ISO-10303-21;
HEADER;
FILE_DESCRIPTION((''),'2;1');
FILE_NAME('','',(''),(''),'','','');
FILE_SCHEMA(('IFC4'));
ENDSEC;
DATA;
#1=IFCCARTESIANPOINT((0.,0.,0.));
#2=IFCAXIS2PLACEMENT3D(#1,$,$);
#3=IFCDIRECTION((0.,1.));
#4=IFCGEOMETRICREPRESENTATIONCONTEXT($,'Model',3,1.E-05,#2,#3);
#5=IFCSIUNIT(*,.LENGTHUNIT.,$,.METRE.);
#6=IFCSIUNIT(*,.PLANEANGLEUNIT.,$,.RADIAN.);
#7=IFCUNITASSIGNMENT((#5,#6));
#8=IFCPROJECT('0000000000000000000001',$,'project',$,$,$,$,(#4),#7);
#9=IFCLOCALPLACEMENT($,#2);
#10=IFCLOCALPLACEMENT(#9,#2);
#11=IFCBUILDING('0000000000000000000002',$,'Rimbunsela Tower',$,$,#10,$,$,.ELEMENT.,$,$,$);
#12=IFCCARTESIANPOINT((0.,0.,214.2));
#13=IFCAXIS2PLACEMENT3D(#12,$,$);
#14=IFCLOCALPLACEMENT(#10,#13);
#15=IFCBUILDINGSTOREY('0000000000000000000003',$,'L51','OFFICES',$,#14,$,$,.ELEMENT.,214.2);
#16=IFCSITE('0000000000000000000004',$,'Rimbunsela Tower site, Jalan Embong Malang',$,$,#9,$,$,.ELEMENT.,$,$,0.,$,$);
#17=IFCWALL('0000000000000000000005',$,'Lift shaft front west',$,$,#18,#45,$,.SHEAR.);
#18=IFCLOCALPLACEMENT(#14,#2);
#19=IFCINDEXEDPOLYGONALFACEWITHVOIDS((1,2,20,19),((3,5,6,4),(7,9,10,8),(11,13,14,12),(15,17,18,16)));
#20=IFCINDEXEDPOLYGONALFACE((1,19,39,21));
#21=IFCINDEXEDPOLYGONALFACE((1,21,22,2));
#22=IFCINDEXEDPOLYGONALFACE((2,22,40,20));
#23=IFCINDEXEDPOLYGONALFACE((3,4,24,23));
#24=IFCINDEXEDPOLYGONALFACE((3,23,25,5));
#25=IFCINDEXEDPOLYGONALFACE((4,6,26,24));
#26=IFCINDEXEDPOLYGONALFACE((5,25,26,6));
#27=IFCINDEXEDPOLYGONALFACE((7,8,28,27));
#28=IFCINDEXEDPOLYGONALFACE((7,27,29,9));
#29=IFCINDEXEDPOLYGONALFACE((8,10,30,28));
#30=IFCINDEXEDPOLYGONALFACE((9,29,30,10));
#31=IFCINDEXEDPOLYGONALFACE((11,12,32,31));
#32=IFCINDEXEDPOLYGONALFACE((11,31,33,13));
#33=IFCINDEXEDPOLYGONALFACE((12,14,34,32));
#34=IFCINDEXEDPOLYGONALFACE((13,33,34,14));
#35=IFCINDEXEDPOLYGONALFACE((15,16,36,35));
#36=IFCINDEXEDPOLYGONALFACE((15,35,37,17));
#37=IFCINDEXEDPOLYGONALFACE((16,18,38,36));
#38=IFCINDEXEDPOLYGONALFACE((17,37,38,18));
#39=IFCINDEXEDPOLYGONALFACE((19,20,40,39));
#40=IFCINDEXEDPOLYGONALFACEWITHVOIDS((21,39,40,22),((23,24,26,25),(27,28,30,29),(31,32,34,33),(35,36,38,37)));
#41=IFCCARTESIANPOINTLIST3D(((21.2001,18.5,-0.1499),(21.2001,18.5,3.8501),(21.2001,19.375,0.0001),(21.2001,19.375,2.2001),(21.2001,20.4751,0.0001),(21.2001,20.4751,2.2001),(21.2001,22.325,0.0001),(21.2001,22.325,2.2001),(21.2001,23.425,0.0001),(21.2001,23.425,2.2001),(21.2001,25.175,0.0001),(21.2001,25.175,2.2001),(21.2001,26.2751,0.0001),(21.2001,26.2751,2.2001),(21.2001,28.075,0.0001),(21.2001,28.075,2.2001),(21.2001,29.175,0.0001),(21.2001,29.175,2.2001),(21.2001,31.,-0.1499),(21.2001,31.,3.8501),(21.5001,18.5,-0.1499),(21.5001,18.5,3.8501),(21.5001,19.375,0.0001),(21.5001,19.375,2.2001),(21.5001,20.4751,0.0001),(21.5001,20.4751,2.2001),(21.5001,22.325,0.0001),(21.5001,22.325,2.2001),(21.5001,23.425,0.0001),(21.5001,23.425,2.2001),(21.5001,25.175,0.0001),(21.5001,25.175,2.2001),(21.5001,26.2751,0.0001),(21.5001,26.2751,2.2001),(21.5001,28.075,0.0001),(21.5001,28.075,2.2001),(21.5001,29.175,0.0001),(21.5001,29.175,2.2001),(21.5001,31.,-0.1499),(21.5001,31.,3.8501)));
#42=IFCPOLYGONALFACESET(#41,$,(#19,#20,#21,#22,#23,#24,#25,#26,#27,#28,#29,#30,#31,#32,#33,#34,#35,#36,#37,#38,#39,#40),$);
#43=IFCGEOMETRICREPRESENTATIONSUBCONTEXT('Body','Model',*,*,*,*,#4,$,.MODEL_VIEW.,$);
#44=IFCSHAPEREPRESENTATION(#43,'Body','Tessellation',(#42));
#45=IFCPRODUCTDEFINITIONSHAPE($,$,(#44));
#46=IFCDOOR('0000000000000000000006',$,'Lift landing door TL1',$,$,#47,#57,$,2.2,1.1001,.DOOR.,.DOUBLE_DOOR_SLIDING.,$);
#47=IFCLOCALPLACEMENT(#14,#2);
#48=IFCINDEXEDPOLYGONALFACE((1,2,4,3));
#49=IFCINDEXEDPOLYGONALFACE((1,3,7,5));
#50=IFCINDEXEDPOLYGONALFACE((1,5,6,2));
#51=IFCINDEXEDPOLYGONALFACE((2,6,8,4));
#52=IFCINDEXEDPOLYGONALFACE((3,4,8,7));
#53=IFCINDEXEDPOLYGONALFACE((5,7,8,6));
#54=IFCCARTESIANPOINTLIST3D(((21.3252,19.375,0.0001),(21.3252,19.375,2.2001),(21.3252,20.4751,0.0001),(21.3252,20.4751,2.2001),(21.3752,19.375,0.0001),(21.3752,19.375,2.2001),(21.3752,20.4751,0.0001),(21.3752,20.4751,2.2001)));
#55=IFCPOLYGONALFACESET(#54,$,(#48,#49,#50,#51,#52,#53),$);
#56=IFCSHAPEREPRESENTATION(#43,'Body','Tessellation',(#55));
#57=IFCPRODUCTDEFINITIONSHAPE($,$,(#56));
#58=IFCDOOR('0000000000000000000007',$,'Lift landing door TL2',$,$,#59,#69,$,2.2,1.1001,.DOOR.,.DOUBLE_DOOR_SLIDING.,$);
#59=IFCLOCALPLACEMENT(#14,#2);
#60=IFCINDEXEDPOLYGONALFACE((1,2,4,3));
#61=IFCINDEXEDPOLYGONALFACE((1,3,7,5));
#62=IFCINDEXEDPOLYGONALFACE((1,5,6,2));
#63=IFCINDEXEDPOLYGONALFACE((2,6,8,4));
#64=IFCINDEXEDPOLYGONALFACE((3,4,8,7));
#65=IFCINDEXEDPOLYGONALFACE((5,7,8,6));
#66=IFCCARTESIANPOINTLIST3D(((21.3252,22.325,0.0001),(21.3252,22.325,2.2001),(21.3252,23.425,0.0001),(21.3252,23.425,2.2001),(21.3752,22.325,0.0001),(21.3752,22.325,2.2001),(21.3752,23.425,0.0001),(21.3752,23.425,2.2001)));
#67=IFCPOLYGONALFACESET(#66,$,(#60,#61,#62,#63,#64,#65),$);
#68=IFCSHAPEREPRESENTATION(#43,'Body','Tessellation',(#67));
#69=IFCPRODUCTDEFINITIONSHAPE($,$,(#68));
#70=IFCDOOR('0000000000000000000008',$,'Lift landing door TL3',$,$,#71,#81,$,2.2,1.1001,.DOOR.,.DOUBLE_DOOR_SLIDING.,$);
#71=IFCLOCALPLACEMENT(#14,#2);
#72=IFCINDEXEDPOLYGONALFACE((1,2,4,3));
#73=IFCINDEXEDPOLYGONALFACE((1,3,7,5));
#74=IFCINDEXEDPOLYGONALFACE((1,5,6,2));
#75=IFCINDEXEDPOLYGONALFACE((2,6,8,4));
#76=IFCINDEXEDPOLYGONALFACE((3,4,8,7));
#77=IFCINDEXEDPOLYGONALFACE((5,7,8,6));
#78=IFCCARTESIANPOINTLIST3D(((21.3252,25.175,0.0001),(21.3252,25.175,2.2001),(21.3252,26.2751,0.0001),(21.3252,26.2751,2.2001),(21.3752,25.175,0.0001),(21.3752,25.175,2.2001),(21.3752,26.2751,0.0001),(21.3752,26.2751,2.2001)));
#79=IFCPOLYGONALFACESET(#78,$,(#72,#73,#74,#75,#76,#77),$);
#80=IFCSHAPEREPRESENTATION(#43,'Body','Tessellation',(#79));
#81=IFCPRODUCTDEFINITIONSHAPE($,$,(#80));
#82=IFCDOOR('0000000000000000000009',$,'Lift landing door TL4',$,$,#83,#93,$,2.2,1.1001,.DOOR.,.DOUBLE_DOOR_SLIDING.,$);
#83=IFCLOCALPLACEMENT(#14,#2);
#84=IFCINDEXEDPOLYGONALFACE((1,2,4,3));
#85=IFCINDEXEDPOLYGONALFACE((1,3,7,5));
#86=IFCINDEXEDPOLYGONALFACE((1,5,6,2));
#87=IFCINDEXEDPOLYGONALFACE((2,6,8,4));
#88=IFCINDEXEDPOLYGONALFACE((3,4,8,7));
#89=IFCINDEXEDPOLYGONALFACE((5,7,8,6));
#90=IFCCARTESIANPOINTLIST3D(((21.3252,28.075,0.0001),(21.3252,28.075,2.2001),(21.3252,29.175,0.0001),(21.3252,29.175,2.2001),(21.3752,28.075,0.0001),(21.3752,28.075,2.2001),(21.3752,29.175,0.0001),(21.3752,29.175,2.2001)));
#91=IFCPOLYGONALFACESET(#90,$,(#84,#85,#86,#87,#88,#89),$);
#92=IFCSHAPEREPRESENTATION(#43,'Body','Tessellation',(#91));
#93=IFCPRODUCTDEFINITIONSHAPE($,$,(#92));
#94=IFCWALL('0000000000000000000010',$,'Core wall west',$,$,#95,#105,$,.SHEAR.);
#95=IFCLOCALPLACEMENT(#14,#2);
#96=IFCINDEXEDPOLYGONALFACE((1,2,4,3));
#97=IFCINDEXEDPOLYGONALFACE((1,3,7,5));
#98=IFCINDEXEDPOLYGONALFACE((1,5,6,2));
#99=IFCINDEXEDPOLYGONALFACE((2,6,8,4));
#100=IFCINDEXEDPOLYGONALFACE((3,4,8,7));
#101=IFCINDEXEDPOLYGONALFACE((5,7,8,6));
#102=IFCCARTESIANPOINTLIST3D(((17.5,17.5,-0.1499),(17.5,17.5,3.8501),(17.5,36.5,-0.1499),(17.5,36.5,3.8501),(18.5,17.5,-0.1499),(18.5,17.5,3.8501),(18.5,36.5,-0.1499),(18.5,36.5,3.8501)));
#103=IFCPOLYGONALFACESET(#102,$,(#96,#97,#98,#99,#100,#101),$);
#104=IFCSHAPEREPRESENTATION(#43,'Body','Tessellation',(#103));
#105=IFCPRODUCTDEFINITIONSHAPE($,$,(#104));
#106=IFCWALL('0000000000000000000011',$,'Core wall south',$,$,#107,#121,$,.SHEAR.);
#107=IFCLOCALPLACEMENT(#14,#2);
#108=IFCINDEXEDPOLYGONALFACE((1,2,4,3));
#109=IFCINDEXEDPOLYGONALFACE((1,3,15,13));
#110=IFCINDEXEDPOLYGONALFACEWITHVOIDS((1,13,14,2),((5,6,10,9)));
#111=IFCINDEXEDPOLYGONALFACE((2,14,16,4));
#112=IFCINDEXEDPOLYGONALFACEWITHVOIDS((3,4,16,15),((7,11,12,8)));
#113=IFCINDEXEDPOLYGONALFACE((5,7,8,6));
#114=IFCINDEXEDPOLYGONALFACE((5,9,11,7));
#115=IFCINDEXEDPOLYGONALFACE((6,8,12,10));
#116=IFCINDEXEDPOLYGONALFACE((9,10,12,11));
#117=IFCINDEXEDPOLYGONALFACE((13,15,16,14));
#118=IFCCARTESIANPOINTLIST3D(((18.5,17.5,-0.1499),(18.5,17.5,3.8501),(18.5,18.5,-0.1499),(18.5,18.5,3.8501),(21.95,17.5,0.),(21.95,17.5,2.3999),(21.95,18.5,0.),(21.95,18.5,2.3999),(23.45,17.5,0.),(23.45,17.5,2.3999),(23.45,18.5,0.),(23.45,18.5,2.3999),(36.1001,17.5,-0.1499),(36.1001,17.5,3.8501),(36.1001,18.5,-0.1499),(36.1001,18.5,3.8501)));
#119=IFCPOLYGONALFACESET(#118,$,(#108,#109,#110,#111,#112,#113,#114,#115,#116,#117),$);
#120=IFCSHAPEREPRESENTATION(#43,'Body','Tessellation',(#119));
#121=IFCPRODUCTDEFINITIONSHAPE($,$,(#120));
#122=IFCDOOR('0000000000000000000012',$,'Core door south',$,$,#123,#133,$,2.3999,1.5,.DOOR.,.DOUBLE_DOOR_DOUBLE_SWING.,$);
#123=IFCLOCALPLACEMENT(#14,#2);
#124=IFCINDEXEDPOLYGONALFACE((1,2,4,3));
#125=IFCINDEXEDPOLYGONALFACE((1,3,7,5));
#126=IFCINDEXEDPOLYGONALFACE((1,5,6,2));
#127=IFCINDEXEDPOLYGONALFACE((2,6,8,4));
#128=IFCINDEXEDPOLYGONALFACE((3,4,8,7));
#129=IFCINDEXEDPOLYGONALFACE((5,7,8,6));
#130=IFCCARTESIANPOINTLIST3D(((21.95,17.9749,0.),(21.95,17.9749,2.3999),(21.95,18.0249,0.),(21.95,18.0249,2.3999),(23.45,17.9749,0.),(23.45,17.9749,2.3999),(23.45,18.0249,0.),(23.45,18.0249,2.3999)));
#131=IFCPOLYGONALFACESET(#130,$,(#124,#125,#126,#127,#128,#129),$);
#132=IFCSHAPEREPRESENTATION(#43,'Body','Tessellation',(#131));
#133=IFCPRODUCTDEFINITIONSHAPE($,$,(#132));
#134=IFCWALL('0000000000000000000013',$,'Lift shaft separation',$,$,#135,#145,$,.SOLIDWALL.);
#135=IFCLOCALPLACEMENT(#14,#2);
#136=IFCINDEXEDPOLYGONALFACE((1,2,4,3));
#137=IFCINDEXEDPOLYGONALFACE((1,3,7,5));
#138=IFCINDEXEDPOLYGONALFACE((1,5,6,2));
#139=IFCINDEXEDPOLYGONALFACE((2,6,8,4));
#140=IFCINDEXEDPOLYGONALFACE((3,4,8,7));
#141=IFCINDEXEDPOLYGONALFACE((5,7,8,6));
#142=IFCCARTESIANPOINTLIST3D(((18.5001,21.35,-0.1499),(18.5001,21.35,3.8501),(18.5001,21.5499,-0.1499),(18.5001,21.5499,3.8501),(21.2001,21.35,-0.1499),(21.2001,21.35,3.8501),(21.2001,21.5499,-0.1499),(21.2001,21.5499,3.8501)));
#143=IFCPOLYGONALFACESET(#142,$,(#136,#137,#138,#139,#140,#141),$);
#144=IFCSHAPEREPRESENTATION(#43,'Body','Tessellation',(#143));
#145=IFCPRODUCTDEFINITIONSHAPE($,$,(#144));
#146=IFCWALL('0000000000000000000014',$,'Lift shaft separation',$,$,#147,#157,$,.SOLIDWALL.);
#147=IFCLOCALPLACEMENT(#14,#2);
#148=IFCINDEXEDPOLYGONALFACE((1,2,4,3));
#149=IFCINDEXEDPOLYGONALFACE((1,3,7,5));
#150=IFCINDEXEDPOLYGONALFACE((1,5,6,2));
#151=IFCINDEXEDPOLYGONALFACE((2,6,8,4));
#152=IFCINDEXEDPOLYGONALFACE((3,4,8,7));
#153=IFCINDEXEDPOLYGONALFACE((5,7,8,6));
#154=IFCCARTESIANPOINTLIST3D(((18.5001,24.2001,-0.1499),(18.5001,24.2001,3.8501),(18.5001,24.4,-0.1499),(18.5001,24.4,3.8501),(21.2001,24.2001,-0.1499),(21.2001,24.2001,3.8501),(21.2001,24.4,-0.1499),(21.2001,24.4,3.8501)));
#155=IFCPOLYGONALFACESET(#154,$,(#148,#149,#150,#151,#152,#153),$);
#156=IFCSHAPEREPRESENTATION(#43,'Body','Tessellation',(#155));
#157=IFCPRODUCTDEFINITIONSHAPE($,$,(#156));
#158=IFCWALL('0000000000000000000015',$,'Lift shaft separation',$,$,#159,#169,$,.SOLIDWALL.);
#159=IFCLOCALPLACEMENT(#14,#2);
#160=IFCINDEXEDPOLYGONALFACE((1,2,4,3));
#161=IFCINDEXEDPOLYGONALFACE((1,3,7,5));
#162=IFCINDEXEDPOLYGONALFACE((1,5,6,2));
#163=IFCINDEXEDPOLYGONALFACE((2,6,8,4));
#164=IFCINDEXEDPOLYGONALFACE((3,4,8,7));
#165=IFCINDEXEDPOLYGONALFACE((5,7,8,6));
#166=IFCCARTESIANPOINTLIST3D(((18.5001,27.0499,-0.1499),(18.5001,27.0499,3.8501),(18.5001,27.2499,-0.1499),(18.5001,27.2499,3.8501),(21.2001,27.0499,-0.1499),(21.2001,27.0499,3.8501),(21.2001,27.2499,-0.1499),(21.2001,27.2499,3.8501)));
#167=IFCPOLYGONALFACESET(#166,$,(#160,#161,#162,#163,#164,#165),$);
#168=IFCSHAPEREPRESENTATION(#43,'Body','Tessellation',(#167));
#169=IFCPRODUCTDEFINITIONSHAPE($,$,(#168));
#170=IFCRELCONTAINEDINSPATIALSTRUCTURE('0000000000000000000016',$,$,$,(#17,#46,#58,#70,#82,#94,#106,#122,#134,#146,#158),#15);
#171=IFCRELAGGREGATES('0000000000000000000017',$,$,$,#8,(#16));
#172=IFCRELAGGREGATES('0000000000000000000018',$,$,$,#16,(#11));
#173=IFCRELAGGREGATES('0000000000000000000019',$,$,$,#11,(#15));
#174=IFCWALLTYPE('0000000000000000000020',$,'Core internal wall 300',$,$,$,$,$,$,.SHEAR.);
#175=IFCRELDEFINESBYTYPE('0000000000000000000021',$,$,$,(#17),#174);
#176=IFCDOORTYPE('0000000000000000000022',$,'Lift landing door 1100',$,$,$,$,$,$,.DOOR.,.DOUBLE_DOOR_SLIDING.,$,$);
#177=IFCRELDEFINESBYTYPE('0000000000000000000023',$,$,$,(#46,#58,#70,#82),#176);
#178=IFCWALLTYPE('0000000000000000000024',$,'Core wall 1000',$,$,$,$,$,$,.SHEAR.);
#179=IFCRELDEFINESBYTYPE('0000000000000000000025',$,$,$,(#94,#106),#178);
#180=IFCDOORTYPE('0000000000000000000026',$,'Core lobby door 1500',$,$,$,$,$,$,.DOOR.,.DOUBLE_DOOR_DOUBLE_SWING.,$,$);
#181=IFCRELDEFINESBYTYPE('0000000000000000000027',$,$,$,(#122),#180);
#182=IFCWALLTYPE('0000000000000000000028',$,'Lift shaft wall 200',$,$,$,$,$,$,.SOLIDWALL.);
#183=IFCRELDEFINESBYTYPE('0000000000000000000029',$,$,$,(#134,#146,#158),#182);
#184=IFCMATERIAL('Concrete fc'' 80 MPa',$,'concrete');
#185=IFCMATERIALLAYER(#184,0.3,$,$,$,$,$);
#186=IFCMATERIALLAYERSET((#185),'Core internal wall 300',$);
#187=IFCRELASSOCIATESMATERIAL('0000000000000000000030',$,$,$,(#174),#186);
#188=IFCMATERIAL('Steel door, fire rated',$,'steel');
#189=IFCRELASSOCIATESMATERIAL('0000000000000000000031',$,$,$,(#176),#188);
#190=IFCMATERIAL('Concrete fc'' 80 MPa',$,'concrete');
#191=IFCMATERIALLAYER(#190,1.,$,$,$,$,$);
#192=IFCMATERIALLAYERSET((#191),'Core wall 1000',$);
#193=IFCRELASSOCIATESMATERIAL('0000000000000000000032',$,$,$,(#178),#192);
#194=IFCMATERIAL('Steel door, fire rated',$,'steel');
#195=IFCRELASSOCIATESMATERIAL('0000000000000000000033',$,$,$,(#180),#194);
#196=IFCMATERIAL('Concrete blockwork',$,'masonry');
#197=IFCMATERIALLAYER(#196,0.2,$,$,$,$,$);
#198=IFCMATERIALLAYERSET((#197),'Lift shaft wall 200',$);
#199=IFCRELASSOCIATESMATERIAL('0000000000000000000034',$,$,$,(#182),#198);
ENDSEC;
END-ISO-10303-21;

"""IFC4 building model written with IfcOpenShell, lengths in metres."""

from ifc_helpers import new_model, si_unit, direction, frame, frame_2d, origin, place, context, subcontext, project, spatial, rectangle, extrude, material, layer, layer_set, type_object, element, fill, save


model = new_model("IFC4")

# Units and contexts
model_context = context("Model", 3, precision=1e-05, world=origin(), true_north=direction((0.0, 1.0)))
body_context = subcontext(model_context, "Body", "Model", "MODEL_VIEW")
ifc_project = project(units=[si_unit("LENGTHUNIT", "METRE"), si_unit("PLANEANGLEUNIT", "RADIAN")], contexts=[model_context])

# Site, building, storey
site_placement = place(None, origin())
site = spatial("IfcSite", under=ifc_project, at=site_placement, Name="Rimbunsela Tower site, Jalan Embong Malang", CompositionType="ELEMENT", RefElevation=0.0)
building_placement = place(site_placement, origin())
building = spatial("IfcBuilding", under=site, at=building_placement, Name="Rimbunsela Tower", CompositionType="ELEMENT")
storey_placement = place(building_placement, frame((0.0, 0.0, 214.2)))
storey = spatial("IfcBuildingStorey", under=building, at=storey_placement, Name="L51", Description="OFFICES", CompositionType="ELEMENT", Elevation=214.2)

# Wall, openings, doors
ifc_material_1 = material(Name="Concrete fc' 80 MPa", Category="concrete")
ifc_layer_1 = layer(ifc_material_1, 0.3)
ifc_layer_set_1 = layer_set([ifc_layer_1], Name="Core internal wall 300")
wall_type_1 = type_object("IfcWallType", Name="Core internal wall 300", PredefinedType="SHEAR", material=ifc_layer_set_1)
wall_1_placement = place(storey_placement, frame((21.3501, 18.5, -0.1499), z_axis=(0.0, 0.0, 1.0), x_axis=(0.0, 1.0, 0.0)))
wall_1 = element("IfcWall", 1, at=wall_1_placement, inside=storey, type_object=wall_type_1, Name="Lift shaft front west", PredefinedType="SHEAR", context=body_context, shape_type="SweptSolid", body=[
    extrude(rectangle(XDim=12.5, YDim=0.3, at=frame_2d((6.25, 0.0))), origin(), (0.0, 0.0, 1.0), 4.0),
])
opening_1_placement = place(wall_1_placement, frame((0.875, 0.0, 0.1499)))
opening_1 = element("IfcOpeningElement", 2, at=opening_1_placement, cuts=wall_1, PredefinedType="OPENING", context=body_context, shape_type="SweptSolid", body=[
    extrude(rectangle(XDim=1.1001, YDim=2.2, at=frame_2d((0.55, 1.1001))), frame((0.0, 0.1599, 0.0), z_axis=(0.0, -1.0, 0.0), x_axis=(1.0, 0.0, 0.0)), (0.0, 0.0, 1.0), 0.3201),
])
opening_2_placement = place(wall_1_placement, frame((3.825, 0.0, 0.1499)))
opening_2 = element("IfcOpeningElement", 3, at=opening_2_placement, cuts=wall_1, PredefinedType="OPENING", context=body_context, shape_type="SweptSolid", body=[
    extrude(rectangle(XDim=1.1001, YDim=2.2, at=frame_2d((0.55, 1.1001))), frame((0.0, 0.1599, 0.0), z_axis=(0.0, -1.0, 0.0), x_axis=(1.0, 0.0, 0.0)), (0.0, 0.0, 1.0), 0.3201),
])
opening_3_placement = place(wall_1_placement, frame((6.675, 0.0, 0.1499)))
opening_3 = element("IfcOpeningElement", 4, at=opening_3_placement, cuts=wall_1, PredefinedType="OPENING", context=body_context, shape_type="SweptSolid", body=[
    extrude(rectangle(XDim=1.1001, YDim=2.2, at=frame_2d((0.55, 1.1001))), frame((0.0, 0.1599, 0.0), z_axis=(0.0, -1.0, 0.0), x_axis=(1.0, 0.0, 0.0)), (0.0, 0.0, 1.0), 0.3201),
])
opening_4_placement = place(wall_1_placement, frame((9.575, 0.0, 0.1499)))
opening_4 = element("IfcOpeningElement", 5, at=opening_4_placement, cuts=wall_1, PredefinedType="OPENING", context=body_context, shape_type="SweptSolid", body=[
    extrude(rectangle(XDim=1.1001, YDim=2.2, at=frame_2d((0.55, 1.1001))), frame((0.0, 0.1599, 0.0), z_axis=(0.0, -1.0, 0.0), x_axis=(1.0, 0.0, 0.0)), (0.0, 0.0, 1.0), 0.3201),
])
ifc_material_2 = material(Name="Steel door, fire rated", Category="steel")
door_type_1 = type_object("IfcDoorType", Name="Lift landing door 1100", OperationType="DOUBLE_DOOR_SLIDING", PredefinedType="DOOR", material=ifc_material_2)
door_1_placement = place(opening_1_placement, origin())
door_1 = element("IfcDoor", 6, at=door_1_placement, inside=storey, type_object=door_type_1, Name="Lift landing door TL1", OperationType="DOUBLE_DOOR_SLIDING", OverallHeight=2.2, OverallWidth=1.1001, PredefinedType="DOOR", context=body_context, shape_type="SweptSolid", body=[
    extrude(rectangle(XDim=1.1001, YDim=2.2, at=frame_2d((0.55, 1.1001))), frame((0.0, 0.0249, 0.0), z_axis=(0.0, -1.0, 0.0), x_axis=(1.0, 0.0, 0.0)), (0.0, 0.0, 1.0), 0.05),
])
fill(opening_1, door_1)
door_2_placement = place(opening_2_placement, origin())
door_2 = element("IfcDoor", 7, at=door_2_placement, inside=storey, type_object=door_type_1, Name="Lift landing door TL2", OperationType="DOUBLE_DOOR_SLIDING", OverallHeight=2.2, OverallWidth=1.1001, PredefinedType="DOOR", context=body_context, shape_type="SweptSolid", body=[
    extrude(rectangle(XDim=1.1001, YDim=2.2, at=frame_2d((0.55, 1.1001))), frame((0.0, 0.0249, 0.0), z_axis=(0.0, -1.0, 0.0), x_axis=(1.0, 0.0, 0.0)), (0.0, 0.0, 1.0), 0.05),
])
fill(opening_2, door_2)
door_3_placement = place(opening_3_placement, origin())
door_3 = element("IfcDoor", 8, at=door_3_placement, inside=storey, type_object=door_type_1, Name="Lift landing door TL3", OperationType="DOUBLE_DOOR_SLIDING", OverallHeight=2.2, OverallWidth=1.1001, PredefinedType="DOOR", context=body_context, shape_type="SweptSolid", body=[
    extrude(rectangle(XDim=1.1001, YDim=2.2, at=frame_2d((0.55, 1.1001))), frame((0.0, 0.0249, 0.0), z_axis=(0.0, -1.0, 0.0), x_axis=(1.0, 0.0, 0.0)), (0.0, 0.0, 1.0), 0.05),
])
fill(opening_3, door_3)
door_4_placement = place(opening_4_placement, origin())
door_4 = element("IfcDoor", 9, at=door_4_placement, inside=storey, type_object=door_type_1, Name="Lift landing door TL4", OperationType="DOUBLE_DOOR_SLIDING", OverallHeight=2.2, OverallWidth=1.1001, PredefinedType="DOOR", context=body_context, shape_type="SweptSolid", body=[
    extrude(rectangle(XDim=1.1001, YDim=2.2, at=frame_2d((0.55, 1.1001))), frame((0.0, 0.0249, 0.0), z_axis=(0.0, -1.0, 0.0), x_axis=(1.0, 0.0, 0.0)), (0.0, 0.0, 1.0), 0.05),
])
fill(opening_4, door_4)

# Wall
ifc_material_3 = material(Name="Concrete fc' 80 MPa", Category="concrete")
ifc_layer_2 = layer(ifc_material_3, 1.0)
ifc_layer_set_2 = layer_set([ifc_layer_2], Name="Core wall 1000")
wall_type_2 = type_object("IfcWallType", Name="Core wall 1000", PredefinedType="SHEAR", material=ifc_layer_set_2)
wall_2_placement = place(storey_placement, frame((18.0, 17.5, -0.1499), z_axis=(0.0, 0.0, 1.0), x_axis=(0.0, 1.0, 0.0)))
element("IfcWall", 10, at=wall_2_placement, inside=storey, type_object=wall_type_2, Name="Core wall west", PredefinedType="SHEAR", context=body_context, shape_type="SweptSolid", body=[
    extrude(rectangle(XDim=19.0, YDim=1.0, at=frame_2d((9.5, 0.0))), origin(), (0.0, 0.0, 1.0), 4.0),
])

# Wall, opening, door
wall_3_placement = place(storey_placement, frame((18.5, 18.0, -0.1499), z_axis=(0.0, 0.0, 1.0), x_axis=(1.0, 0.0, 0.0)))
wall_3 = element("IfcWall", 11, at=wall_3_placement, inside=storey, type_object=wall_type_2, Name="Core wall south", PredefinedType="SHEAR", context=body_context, shape_type="SweptSolid", body=[
    extrude(rectangle(XDim=17.6001, YDim=1.0, at=frame_2d((8.8, 0.0))), origin(), (0.0, 0.0, 1.0), 4.0),
])
opening_5_placement = place(wall_3_placement, frame((3.45, 0.0, 0.1499)))
opening_5 = element("IfcOpeningElement", 12, at=opening_5_placement, cuts=wall_3, PredefinedType="OPENING", context=body_context, shape_type="SweptSolid", body=[
    extrude(rectangle(XDim=1.5, YDim=2.3999, at=frame_2d((0.75, 1.2))), frame((0.0, 0.51, 0.0), z_axis=(0.0, -1.0, 0.0), x_axis=(1.0, 0.0, 0.0)), (0.0, 0.0, 1.0), 1.02),
])
ifc_material_4 = material(Name="Steel door, fire rated", Category="steel")
door_type_2 = type_object("IfcDoorType", Name="Core lobby door 1500", OperationType="DOUBLE_DOOR_DOUBLE_SWING", PredefinedType="DOOR", material=ifc_material_4)
door_5_placement = place(opening_5_placement, origin())
door_5 = element("IfcDoor", 13, at=door_5_placement, inside=storey, type_object=door_type_2, Name="Core door south", OperationType="DOUBLE_DOOR_DOUBLE_SWING", OverallHeight=2.3999, OverallWidth=1.5, PredefinedType="DOOR", context=body_context, shape_type="SweptSolid", body=[
    extrude(rectangle(XDim=1.5, YDim=2.3999, at=frame_2d((0.75, 1.2))), frame((0.0, 0.0249, 0.0), z_axis=(0.0, -1.0, 0.0), x_axis=(1.0, 0.0, 0.0)), (0.0, 0.0, 1.0), 0.05),
])
fill(opening_5, door_5)

# Walls
ifc_material_5 = material(Name="Concrete blockwork", Category="masonry")
ifc_layer_3 = layer(ifc_material_5, 0.2)
ifc_layer_set_3 = layer_set([ifc_layer_3], Name="Lift shaft wall 200")
wall_type_3 = type_object("IfcWallType", Name="Lift shaft wall 200", PredefinedType="SOLIDWALL", material=ifc_layer_set_3)
for number, where, z_axis, x_axis, name in (
    (14, (18.5, 21.45, -0.1499), (0.0, 0.0, 1.0), (1.0, 0.0, 0.0), "Lift shaft separation"),
    (15, (18.5, 24.3, -0.1499), (0.0, 0.0, 1.0), (1.0, 0.0, 0.0), "Lift shaft separation"),
    (16, (18.5, 27.1499, -0.1499), (0.0, 0.0, 1.0), (1.0, 0.0, 0.0), "Lift shaft separation"),
):
    element("IfcWall", number, at=place(storey_placement, frame(where, z_axis=z_axis, x_axis=x_axis)), inside=storey, type_object=wall_type_3, Name=name, PredefinedType="SOLIDWALL", context=body_context, shape_type="SweptSolid", body=[
        extrude(rectangle(XDim=2.7, YDim=0.2, at=frame_2d((1.3501, 0.0))), origin(), (0.0, 0.0, 1.0), 4.0),
    ])

save(model, "model.ifc")
